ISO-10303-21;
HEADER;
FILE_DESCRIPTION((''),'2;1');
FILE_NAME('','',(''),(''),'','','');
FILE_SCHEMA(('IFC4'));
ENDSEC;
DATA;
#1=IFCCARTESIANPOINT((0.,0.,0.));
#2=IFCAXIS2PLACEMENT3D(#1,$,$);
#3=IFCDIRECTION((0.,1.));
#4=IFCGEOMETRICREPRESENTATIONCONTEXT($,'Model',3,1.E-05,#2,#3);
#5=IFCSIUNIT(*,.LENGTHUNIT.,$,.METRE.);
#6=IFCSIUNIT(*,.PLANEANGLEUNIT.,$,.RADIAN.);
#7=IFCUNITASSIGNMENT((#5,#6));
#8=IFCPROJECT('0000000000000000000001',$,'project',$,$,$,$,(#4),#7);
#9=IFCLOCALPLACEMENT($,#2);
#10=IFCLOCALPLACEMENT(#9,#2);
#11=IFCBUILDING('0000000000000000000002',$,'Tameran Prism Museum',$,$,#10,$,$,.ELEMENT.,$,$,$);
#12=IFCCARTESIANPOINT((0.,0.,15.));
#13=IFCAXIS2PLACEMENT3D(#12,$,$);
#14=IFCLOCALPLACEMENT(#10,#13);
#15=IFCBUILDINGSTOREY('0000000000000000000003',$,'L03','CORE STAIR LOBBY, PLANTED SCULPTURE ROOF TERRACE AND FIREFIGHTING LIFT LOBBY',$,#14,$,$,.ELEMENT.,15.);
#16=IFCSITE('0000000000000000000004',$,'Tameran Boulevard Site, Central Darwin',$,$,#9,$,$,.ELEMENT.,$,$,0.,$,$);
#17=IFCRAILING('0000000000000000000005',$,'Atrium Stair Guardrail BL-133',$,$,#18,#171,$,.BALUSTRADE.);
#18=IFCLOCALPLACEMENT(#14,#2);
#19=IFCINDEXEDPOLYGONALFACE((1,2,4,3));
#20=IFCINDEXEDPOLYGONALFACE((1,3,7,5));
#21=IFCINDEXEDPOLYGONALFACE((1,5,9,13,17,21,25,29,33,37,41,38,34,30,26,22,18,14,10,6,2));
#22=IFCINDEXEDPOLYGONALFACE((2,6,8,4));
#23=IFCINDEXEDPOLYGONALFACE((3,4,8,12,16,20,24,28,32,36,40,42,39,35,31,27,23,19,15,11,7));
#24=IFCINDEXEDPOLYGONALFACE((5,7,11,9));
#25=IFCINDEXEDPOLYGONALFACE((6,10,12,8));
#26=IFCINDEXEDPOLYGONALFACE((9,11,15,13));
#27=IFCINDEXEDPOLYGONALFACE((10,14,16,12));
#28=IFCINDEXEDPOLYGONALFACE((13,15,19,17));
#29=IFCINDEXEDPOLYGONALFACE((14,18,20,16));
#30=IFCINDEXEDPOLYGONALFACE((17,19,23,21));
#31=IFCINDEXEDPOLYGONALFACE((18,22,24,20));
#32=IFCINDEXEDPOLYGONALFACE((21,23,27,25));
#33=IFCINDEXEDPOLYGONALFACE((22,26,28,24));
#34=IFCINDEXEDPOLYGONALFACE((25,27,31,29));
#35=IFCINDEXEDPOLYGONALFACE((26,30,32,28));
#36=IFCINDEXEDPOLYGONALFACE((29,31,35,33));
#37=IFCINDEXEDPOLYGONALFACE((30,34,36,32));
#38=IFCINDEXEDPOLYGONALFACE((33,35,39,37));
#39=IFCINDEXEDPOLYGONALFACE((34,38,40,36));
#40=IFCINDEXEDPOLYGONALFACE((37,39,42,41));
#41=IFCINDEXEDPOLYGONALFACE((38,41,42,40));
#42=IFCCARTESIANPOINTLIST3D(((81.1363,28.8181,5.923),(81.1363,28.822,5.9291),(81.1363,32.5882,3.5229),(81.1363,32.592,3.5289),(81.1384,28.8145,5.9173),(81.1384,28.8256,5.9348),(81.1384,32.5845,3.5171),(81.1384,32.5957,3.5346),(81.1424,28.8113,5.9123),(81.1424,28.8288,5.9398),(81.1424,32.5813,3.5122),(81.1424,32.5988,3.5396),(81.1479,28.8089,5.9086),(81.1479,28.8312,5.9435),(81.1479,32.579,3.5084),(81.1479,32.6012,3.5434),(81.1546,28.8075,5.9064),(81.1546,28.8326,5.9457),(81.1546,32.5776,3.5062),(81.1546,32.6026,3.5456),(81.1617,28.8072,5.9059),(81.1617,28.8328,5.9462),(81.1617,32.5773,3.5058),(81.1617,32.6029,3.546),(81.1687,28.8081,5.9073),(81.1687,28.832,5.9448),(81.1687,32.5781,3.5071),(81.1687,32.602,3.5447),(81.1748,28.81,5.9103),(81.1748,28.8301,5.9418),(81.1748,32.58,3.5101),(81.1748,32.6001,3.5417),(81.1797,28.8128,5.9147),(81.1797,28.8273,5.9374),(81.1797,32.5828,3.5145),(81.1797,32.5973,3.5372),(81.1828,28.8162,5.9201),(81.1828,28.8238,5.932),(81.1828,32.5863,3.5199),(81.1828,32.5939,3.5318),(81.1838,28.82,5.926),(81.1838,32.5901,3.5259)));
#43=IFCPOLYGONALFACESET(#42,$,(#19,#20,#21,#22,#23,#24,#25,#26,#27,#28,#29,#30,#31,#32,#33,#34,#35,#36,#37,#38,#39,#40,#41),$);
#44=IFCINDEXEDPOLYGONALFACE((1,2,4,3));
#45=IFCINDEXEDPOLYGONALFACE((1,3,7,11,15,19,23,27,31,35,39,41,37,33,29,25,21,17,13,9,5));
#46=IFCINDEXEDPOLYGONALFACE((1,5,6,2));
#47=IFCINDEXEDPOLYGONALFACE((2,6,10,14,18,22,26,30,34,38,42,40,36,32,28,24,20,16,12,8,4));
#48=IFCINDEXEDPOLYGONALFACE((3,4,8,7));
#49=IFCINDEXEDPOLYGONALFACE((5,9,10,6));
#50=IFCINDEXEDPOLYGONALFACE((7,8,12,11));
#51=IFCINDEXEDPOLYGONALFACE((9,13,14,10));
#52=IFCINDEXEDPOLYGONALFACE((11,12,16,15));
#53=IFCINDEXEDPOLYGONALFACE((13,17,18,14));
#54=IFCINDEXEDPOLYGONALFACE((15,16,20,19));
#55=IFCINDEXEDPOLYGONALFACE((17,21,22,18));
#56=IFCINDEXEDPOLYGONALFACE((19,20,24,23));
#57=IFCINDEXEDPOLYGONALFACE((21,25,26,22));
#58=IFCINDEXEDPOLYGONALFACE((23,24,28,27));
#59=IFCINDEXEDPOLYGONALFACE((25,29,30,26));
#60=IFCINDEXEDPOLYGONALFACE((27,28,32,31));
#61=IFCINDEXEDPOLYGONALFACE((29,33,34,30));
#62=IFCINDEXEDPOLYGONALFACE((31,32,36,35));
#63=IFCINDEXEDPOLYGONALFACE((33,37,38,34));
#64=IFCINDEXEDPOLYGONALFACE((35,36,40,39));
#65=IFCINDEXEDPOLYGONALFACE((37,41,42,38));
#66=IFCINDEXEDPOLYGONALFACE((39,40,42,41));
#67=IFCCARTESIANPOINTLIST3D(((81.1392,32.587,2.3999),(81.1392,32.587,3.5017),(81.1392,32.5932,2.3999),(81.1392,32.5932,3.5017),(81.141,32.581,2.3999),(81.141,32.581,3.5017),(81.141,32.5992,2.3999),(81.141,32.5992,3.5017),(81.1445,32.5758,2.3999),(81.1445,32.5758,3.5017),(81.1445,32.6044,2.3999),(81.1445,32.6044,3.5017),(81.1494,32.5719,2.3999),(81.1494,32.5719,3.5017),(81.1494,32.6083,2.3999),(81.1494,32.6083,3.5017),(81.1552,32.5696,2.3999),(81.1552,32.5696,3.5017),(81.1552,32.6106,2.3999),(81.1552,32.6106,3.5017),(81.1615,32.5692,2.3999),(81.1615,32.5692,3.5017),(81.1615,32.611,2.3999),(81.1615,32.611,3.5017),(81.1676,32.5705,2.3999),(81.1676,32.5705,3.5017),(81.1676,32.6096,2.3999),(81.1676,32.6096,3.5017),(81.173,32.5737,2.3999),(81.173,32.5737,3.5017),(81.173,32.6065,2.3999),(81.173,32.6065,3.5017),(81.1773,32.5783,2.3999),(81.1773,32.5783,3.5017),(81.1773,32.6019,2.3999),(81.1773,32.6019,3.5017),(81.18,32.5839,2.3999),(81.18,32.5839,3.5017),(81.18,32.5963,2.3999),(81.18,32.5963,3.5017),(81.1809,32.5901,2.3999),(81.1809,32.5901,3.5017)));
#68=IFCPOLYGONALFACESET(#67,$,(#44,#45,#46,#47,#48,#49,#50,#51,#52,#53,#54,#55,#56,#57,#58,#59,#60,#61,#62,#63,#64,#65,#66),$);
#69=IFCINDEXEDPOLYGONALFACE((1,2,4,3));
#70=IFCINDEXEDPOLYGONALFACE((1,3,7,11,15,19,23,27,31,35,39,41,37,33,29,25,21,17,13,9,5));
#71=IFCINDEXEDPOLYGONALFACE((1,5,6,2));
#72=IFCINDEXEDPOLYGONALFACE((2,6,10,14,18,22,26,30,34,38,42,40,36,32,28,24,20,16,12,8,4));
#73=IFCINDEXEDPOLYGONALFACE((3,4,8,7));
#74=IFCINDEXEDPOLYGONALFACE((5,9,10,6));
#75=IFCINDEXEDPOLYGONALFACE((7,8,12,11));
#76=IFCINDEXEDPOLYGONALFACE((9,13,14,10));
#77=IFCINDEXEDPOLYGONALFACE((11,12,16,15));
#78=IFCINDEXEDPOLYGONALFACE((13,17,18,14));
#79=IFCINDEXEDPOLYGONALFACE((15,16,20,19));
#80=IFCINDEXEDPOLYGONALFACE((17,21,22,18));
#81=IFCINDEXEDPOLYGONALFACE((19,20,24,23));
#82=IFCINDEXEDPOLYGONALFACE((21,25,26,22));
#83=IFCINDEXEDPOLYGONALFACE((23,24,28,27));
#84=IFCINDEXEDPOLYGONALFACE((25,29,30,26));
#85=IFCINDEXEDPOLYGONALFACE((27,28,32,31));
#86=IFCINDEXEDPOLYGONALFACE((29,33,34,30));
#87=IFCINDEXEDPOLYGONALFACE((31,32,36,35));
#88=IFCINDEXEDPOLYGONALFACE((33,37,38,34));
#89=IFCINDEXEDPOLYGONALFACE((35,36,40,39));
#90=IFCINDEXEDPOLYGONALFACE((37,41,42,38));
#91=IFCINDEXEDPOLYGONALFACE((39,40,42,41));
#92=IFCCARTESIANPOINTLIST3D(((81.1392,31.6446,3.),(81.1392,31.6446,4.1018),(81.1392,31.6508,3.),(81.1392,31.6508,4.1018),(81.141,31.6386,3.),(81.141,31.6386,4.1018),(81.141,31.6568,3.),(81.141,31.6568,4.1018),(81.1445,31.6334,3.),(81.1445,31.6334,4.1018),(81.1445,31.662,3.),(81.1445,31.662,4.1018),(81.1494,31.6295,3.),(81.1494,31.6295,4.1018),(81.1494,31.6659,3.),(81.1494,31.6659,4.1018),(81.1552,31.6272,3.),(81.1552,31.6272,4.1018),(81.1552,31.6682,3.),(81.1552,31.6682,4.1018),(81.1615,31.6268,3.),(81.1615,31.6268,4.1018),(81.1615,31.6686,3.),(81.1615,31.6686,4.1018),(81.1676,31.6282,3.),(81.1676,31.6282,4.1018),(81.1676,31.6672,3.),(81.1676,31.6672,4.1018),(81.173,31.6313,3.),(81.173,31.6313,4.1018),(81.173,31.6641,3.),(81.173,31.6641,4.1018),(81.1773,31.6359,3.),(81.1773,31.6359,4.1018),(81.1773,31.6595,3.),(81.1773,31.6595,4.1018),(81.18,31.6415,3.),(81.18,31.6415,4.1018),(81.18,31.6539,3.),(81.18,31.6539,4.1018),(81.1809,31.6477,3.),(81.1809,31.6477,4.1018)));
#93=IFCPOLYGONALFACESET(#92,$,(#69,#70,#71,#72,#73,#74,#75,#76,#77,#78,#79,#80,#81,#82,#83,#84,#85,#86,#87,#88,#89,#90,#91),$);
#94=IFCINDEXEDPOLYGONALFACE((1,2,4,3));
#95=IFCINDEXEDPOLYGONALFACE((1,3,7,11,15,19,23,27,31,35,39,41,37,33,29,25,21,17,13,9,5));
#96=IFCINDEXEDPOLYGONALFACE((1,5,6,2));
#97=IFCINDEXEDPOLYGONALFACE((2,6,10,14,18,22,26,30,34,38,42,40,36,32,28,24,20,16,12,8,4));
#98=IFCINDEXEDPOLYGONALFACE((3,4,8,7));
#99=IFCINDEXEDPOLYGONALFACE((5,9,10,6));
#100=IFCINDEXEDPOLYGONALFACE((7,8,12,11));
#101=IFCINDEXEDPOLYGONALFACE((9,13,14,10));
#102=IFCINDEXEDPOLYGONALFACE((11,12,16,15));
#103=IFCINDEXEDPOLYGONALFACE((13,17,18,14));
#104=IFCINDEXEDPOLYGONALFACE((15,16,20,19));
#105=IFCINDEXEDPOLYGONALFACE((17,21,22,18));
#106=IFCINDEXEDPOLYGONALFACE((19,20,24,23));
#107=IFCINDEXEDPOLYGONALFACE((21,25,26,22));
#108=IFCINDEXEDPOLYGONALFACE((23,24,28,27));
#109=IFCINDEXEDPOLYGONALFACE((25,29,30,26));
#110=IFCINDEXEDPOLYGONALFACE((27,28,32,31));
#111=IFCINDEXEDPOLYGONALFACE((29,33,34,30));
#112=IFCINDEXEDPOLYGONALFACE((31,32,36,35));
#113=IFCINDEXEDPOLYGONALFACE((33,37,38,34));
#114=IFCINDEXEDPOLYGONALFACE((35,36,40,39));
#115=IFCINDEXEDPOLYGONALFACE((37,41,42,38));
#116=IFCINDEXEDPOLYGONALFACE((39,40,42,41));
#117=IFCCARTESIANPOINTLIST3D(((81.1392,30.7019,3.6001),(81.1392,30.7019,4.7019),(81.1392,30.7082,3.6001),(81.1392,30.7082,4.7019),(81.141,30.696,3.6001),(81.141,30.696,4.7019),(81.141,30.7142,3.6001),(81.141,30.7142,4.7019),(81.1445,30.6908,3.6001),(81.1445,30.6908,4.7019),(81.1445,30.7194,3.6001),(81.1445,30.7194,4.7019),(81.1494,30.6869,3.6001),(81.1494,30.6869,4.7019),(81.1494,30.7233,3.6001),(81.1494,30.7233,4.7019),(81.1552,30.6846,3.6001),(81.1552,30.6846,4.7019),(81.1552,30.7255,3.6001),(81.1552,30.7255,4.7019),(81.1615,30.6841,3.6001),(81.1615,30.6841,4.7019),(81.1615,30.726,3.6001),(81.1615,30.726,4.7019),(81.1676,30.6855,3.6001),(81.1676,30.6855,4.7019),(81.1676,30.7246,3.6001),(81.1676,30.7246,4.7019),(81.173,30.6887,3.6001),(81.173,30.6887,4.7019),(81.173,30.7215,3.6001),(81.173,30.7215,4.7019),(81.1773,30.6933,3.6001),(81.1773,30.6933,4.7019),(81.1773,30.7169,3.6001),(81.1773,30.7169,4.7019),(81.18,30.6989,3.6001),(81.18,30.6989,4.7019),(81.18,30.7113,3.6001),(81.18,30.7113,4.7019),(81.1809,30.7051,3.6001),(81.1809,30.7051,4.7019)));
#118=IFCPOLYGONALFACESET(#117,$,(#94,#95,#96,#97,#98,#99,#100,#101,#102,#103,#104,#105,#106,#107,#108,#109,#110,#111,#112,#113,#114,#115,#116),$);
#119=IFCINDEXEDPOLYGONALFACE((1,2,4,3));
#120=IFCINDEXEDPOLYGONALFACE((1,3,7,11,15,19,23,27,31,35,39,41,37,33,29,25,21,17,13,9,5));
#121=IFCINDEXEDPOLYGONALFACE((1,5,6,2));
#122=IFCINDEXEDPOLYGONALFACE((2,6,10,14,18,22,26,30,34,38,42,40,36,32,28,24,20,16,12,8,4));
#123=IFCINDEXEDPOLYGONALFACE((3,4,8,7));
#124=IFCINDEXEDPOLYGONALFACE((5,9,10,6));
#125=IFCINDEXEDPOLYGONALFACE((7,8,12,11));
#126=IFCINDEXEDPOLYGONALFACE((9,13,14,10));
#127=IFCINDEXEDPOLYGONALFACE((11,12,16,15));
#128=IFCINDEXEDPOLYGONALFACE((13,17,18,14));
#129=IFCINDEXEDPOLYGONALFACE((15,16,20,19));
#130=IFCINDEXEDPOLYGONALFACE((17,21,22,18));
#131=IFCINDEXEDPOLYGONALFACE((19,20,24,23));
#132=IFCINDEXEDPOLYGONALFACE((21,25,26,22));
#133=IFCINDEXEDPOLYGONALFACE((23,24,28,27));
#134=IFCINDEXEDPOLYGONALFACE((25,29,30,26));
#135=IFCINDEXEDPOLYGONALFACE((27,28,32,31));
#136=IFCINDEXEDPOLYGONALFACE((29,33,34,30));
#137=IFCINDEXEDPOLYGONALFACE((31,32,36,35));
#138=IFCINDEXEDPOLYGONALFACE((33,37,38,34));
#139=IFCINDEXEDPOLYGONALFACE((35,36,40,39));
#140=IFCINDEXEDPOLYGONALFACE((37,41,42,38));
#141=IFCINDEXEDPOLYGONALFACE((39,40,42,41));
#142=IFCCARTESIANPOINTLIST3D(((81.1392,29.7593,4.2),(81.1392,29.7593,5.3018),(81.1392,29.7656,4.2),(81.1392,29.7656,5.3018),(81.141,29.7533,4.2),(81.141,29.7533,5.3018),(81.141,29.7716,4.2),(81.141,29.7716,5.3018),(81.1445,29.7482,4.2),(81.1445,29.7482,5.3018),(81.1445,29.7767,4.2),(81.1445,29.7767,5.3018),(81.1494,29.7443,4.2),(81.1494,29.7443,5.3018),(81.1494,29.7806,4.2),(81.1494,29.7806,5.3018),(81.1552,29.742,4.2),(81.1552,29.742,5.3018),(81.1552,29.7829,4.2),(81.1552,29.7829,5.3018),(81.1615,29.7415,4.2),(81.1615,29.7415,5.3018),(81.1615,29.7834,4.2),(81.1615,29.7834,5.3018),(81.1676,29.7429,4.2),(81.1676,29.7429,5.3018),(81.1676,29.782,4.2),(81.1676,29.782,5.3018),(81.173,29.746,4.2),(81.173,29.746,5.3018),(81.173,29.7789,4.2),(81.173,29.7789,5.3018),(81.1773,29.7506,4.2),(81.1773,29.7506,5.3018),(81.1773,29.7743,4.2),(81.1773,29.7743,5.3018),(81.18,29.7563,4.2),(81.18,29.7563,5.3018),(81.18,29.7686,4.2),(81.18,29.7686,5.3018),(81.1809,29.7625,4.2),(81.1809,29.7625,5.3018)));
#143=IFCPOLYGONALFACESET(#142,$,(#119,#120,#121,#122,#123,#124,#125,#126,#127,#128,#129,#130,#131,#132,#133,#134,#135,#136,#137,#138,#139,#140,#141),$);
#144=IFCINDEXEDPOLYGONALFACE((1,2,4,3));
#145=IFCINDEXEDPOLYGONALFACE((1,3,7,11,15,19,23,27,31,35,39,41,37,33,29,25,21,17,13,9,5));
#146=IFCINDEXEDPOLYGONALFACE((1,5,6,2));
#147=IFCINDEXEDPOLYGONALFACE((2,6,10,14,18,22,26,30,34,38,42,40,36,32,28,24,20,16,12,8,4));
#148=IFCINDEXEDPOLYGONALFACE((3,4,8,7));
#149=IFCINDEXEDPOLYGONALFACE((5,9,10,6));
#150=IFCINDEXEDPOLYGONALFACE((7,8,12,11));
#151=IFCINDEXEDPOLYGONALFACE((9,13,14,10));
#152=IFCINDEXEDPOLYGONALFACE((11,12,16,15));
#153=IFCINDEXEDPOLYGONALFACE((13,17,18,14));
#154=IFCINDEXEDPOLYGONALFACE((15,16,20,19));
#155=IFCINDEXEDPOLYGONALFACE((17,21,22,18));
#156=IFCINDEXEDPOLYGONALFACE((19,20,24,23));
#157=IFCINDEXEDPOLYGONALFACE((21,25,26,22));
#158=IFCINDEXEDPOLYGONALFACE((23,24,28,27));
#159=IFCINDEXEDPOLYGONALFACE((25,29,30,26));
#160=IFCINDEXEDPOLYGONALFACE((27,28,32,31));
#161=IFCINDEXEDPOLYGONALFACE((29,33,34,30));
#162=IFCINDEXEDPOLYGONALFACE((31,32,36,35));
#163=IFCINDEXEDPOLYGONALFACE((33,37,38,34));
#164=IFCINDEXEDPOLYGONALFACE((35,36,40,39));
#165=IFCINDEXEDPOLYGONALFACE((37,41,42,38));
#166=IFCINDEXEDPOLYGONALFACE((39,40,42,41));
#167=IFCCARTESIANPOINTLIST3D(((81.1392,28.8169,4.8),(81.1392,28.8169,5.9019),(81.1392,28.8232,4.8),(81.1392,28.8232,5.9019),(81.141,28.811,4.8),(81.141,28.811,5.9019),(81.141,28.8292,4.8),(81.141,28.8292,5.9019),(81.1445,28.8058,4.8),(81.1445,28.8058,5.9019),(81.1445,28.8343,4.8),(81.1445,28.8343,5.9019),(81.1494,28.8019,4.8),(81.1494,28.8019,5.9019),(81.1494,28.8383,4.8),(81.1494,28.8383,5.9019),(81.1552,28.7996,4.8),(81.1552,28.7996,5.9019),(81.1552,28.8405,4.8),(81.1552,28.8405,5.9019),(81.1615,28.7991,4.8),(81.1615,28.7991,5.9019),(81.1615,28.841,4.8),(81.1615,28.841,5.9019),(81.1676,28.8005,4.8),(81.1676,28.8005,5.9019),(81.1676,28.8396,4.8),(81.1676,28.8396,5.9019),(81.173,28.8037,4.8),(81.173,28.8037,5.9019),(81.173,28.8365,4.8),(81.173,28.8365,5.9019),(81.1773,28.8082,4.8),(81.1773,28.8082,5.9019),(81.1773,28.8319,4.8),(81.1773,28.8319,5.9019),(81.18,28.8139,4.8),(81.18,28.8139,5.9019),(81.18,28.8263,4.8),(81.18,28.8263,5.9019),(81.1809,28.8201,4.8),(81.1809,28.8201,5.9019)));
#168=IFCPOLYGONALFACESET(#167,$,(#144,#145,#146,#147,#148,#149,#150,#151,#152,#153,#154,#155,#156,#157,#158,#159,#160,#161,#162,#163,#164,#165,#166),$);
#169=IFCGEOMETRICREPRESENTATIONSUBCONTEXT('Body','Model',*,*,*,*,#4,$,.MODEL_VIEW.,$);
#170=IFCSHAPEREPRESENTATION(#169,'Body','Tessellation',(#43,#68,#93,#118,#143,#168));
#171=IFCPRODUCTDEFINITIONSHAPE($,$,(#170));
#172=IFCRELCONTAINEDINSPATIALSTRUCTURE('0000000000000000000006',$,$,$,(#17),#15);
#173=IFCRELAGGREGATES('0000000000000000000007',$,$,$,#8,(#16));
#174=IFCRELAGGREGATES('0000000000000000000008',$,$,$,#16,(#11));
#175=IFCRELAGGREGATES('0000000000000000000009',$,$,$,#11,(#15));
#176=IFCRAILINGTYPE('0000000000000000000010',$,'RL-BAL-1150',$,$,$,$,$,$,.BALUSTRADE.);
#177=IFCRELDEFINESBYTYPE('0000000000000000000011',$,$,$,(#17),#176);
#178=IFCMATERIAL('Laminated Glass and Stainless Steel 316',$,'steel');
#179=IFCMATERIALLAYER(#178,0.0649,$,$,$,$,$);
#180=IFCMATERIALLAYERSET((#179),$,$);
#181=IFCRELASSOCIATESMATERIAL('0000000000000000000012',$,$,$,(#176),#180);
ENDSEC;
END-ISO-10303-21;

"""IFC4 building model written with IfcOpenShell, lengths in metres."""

from ifc_helpers import new_model, si_unit, direction, frame, origin, origin_2d, place, context, subcontext, project, spatial, circle, extrude, material, layer, layer_set, type_object, element, save


model = new_model("IFC4")

# Units and contexts
model_context = context("Model", 3, precision=1e-05, world=origin(), true_north=direction((0.0, 1.0)))
body_context = subcontext(model_context, "Body", "Model", "MODEL_VIEW")
ifc_project = project(units=[si_unit("LENGTHUNIT", "METRE"), si_unit("PLANEANGLEUNIT", "RADIAN")], contexts=[model_context])

# Site, building, storey
site_placement = place(None, origin())
site = spatial("IfcSite", under=ifc_project, at=site_placement, Name="Tameran Boulevard Site, Central Darwin", CompositionType="ELEMENT", RefElevation=0.0)
building_placement = place(site_placement, origin())
building = spatial("IfcBuilding", under=site, at=building_placement, Name="Tameran Prism Museum", CompositionType="ELEMENT")
storey_placement = place(building_placement, frame((0.0, 0.0, 15.0)))
storey = spatial("IfcBuildingStorey", under=building, at=storey_placement, Name="L03", Description="CORE STAIR LOBBY, PLANTED SCULPTURE ROOF TERRACE AND FIREFIGHTING LIFT LOBBY", CompositionType="ELEMENT", Elevation=15.0)

# Railing
ifc_material_1 = material(Name="Laminated Glass and Stainless Steel 316", Category="steel")
ifc_layer_1 = layer(ifc_material_1, 0.0649)
ifc_layer_set_1 = layer_set([ifc_layer_1])
railing_type = type_object("IfcRailingType", Name="RL-BAL-1150", PredefinedType="BALUSTRADE", material=ifc_layer_set_1)
for number, where, name in (
    (1, (81.1599, 32.5901, 2.3999), "Atrium Stair Guardrail BL-133"),
):
    element("IfcRailing", number, at=place(storey_placement, frame(where)), inside=storey, type_object=railing_type, Name=name, PredefinedType="BALUSTRADE", context=body_context, shape_type="SweptSolid", body=[
        extrude(circle(Radius=0.0239, at=origin_2d()), frame((0.0, 0.0, 1.126), z_axis=(0.0, -0.843556, 0.537042), x_axis=(1.0, 0.0, 0.0)), (0.0, 0.0, 1.0), 4.4692),
        extrude(circle(Radius=0.021, at=origin_2d()), origin(), (0.0, 0.0, 1.0), 1.1018),
        extrude(circle(Radius=0.021, at=origin_2d()), frame((0.0, -0.9424, 0.6001)), (0.0, 0.0, 1.0), 1.1018),
        extrude(circle(Radius=0.021, at=origin_2d()), frame((0.0, -1.885, 1.2002)), (0.0, 0.0, 1.0), 1.1018),
        extrude(circle(Radius=0.021, at=origin_2d()), frame((0.0, -2.8276, 1.8)), (0.0, 0.0, 1.0), 1.1018),
        extrude(circle(Radius=0.021, at=origin_2d()), frame((0.0, -3.77, 2.4001)), (0.0, 0.0, 1.0), 1.1018),
    ])

save(model, "model.ifc")
